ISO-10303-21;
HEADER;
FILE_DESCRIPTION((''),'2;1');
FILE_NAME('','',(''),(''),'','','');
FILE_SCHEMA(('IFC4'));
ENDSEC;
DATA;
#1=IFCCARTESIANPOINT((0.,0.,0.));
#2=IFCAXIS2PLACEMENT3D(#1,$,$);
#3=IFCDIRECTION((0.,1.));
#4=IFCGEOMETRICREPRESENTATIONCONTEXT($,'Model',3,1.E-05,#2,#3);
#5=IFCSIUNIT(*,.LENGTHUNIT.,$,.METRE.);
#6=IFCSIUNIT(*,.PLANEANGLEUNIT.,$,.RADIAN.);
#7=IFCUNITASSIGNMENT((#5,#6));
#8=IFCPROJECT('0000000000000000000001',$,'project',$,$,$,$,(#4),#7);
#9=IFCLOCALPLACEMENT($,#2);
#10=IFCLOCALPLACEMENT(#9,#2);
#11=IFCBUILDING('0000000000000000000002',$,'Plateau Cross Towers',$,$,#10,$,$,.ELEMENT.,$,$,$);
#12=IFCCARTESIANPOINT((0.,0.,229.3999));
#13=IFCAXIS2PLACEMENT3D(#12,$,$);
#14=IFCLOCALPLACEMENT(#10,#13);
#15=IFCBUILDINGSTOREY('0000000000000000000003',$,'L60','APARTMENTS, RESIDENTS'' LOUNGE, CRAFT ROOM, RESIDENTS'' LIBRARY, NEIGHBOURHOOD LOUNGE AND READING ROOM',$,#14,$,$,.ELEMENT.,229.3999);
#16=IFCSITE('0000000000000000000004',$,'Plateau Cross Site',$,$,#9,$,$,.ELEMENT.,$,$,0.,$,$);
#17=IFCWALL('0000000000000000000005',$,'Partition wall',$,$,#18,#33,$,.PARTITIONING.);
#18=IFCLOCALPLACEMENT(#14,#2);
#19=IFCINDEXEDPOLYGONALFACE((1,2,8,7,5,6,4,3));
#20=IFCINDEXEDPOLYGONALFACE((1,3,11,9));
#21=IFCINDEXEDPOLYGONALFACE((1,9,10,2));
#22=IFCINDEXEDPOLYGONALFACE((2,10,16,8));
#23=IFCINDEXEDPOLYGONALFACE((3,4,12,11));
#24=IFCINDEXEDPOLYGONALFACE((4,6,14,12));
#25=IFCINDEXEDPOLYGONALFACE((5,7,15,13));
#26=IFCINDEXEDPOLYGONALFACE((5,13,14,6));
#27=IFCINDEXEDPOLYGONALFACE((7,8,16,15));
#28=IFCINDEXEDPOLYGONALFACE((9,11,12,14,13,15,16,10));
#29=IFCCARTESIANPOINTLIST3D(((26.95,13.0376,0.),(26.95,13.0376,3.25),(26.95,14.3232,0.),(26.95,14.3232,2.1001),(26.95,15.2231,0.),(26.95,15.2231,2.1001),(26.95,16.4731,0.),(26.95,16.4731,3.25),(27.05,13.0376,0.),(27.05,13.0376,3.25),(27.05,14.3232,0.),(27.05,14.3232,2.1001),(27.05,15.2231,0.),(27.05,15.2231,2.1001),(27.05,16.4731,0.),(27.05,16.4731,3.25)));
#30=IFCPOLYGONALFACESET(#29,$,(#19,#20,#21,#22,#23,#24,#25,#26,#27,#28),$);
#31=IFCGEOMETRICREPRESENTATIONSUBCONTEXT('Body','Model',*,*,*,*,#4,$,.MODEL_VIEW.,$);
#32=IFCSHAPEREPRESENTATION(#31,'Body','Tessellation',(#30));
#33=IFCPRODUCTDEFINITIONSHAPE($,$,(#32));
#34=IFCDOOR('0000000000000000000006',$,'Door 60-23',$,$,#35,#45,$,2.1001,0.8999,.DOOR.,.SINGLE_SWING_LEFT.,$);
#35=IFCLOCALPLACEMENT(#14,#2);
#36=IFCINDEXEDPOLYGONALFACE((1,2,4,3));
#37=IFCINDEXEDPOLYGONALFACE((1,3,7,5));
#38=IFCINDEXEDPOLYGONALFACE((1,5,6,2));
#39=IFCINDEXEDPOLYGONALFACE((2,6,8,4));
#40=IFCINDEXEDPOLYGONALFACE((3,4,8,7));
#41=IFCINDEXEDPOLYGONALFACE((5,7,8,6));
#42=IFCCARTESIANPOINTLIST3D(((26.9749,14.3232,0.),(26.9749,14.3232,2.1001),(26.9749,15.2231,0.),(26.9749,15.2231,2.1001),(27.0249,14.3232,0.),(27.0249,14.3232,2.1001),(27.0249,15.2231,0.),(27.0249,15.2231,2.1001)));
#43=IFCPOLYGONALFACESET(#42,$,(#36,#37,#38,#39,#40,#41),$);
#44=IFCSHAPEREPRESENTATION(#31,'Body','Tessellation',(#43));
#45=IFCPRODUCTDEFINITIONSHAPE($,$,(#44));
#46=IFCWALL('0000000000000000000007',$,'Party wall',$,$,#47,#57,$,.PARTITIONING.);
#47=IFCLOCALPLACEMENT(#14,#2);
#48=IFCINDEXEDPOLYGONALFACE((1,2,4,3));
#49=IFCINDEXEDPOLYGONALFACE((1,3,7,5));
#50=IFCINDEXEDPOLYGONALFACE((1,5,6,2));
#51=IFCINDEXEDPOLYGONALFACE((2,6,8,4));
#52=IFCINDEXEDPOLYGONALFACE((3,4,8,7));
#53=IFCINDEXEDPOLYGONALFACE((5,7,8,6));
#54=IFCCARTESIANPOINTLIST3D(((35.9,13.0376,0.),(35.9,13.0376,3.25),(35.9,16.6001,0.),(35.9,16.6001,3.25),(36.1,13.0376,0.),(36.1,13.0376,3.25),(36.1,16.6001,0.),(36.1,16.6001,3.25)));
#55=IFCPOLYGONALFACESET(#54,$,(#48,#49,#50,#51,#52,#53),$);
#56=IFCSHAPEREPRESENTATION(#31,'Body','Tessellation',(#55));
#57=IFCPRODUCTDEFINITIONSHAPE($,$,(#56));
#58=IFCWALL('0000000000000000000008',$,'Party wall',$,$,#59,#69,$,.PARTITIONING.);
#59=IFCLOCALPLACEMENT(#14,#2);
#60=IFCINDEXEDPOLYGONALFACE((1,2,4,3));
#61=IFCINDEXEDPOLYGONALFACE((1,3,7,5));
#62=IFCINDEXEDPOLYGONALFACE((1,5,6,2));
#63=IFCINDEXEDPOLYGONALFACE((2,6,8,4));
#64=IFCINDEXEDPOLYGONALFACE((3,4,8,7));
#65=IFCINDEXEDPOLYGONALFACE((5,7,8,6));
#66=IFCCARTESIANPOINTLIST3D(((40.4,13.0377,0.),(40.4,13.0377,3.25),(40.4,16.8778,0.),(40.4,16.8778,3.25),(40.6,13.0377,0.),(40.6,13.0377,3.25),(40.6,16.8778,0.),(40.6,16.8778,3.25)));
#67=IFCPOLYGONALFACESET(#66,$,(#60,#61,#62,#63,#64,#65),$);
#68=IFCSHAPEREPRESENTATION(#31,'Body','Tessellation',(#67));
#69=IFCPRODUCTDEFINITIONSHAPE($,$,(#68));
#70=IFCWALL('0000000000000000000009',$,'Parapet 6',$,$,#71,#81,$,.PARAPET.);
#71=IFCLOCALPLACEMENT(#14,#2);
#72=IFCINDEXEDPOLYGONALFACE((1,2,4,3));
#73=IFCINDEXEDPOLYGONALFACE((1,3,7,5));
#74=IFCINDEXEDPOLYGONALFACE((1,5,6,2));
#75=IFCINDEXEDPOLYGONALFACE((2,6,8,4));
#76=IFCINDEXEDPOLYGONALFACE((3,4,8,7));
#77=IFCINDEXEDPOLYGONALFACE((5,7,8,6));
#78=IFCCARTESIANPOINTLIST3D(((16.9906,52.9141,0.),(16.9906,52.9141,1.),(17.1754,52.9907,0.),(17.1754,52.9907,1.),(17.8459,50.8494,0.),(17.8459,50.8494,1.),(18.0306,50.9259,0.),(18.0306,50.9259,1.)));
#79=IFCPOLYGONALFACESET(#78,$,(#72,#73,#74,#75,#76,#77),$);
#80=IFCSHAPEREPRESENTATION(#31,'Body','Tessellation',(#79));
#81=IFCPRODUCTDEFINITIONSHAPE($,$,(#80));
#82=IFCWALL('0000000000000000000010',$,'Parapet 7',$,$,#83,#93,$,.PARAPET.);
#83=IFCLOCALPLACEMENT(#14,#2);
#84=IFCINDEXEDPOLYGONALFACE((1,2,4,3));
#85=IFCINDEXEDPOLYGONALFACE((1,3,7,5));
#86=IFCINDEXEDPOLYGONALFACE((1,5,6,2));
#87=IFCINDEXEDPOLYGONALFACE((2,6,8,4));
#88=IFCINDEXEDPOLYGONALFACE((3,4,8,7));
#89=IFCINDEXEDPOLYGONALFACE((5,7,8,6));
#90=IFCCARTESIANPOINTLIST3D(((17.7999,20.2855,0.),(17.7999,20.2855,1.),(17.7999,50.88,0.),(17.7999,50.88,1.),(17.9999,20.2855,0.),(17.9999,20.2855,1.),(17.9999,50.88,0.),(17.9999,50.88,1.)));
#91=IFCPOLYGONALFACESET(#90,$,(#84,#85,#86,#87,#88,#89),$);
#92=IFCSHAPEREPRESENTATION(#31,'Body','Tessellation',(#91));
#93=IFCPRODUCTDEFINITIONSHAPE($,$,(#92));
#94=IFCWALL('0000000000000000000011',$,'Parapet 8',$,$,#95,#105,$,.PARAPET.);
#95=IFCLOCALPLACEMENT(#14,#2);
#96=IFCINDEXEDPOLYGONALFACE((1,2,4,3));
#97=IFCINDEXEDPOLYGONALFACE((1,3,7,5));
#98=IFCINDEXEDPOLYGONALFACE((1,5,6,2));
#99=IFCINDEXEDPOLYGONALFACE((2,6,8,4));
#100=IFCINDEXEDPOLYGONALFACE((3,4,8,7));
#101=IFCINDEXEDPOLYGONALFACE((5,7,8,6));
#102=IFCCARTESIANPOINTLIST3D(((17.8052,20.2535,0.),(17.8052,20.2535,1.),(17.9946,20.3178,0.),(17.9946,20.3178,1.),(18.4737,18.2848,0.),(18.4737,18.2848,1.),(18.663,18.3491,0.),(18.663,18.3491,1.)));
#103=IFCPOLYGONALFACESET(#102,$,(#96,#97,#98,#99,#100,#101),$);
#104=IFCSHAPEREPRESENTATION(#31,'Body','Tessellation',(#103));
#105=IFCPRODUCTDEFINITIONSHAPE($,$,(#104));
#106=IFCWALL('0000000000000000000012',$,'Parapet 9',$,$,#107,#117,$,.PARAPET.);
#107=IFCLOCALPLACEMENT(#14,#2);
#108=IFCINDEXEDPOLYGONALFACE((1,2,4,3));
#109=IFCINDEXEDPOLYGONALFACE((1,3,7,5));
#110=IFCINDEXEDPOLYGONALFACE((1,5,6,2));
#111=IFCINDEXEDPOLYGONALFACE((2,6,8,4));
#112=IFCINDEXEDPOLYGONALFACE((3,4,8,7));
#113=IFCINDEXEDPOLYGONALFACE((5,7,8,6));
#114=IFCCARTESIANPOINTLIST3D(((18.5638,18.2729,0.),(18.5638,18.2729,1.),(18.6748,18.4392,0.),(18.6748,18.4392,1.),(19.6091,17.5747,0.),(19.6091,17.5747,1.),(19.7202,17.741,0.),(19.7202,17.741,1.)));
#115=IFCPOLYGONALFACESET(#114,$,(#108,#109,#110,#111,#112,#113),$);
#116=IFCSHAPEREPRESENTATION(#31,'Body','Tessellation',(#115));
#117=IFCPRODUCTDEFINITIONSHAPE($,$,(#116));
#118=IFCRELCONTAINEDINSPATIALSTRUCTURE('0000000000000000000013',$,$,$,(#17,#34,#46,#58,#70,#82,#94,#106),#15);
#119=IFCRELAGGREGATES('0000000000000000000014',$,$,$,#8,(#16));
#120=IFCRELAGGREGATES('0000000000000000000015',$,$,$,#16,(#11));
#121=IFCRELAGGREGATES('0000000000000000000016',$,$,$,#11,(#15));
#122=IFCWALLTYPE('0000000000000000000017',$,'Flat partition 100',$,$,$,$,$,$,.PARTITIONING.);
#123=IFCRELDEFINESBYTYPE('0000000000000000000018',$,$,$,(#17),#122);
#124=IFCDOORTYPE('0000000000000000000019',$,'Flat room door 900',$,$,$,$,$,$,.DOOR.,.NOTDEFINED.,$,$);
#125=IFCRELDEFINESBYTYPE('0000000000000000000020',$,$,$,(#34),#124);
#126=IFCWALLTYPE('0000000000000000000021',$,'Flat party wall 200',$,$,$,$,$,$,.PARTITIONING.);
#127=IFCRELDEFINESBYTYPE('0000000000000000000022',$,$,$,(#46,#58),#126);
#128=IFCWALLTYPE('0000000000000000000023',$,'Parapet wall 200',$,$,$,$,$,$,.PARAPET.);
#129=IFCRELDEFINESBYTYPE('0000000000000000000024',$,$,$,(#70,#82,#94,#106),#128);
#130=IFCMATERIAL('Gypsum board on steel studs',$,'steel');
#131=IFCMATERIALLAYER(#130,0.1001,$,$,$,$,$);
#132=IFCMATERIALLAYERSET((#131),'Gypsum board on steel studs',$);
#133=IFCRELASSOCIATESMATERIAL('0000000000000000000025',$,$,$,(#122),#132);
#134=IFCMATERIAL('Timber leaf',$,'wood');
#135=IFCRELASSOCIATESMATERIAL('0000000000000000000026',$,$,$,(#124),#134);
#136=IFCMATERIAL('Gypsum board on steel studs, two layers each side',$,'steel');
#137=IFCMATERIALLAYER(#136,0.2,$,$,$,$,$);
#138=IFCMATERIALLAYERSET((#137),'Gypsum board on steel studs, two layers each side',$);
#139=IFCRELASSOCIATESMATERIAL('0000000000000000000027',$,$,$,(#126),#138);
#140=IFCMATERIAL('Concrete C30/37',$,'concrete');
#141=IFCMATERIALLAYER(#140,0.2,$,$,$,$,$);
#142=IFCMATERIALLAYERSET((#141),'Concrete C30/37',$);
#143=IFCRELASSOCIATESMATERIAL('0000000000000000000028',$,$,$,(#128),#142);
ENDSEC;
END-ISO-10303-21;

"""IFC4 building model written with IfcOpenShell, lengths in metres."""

from ifc_helpers import new_model, si_unit, direction, frame, frame_2d, origin, place, context, subcontext, project, spatial, rectangle, extrude, material, layer, layer_set, type_object, element, fill, save


model = new_model("IFC4")

# Units and contexts
model_context = context("Model", 3, precision=1e-05, world=origin(), true_north=direction((0.0, 1.0)))
body_context = subcontext(model_context, "Body", "Model", "MODEL_VIEW")
ifc_project = project(units=[si_unit("LENGTHUNIT", "METRE"), si_unit("PLANEANGLEUNIT", "RADIAN")], contexts=[model_context])

# Site, building, storey
site_placement = place(None, origin())
site = spatial("IfcSite", under=ifc_project, at=site_placement, Name="Plateau Cross Site", CompositionType="ELEMENT", RefElevation=0.0)
building_placement = place(site_placement, origin())
building = spatial("IfcBuilding", under=site, at=building_placement, Name="Plateau Cross Towers", CompositionType="ELEMENT")
storey_placement = place(building_placement, frame((0.0, 0.0, 229.3999)))
storey = spatial("IfcBuildingStorey", under=building, at=storey_placement, Name="L60", Description="APARTMENTS, RESIDENTS' LOUNGE, CRAFT ROOM, RESIDENTS' LIBRARY, NEIGHBOURHOOD LOUNGE AND READING ROOM", CompositionType="ELEMENT", Elevation=229.3999)

# Wall, opening, door
ifc_material_1 = material(Name="Gypsum board on steel studs", Category="steel")
ifc_layer_1 = layer(ifc_material_1, 0.1001)
ifc_layer_set_1 = layer_set([ifc_layer_1], Name="Gypsum board on steel studs")
wall_type_1 = type_object("IfcWallType", Name="Flat partition 100", PredefinedType="PARTITIONING", material=ifc_layer_set_1)
wall_1_placement = place(storey_placement, frame((27.0, 16.4731, 0.0), z_axis=(0.0, 0.0, 1.0), x_axis=(0.0, -1.0, 0.0)))
wall_1 = element("IfcWall", 1, at=wall_1_placement, inside=storey, type_object=wall_type_1, Name="Partition wall", PredefinedType="PARTITIONING", context=body_context, shape_type="SweptSolid", body=[
    extrude(rectangle(XDim=3.4355, YDim=0.1001, at=frame_2d((1.7178, 0.0))), origin(), (0.0, 0.0, 1.0), 3.25),
])
opening_placement = place(wall_1_placement, frame((1.25, 0.0, 0.0)))
opening = element("IfcOpeningElement", 2, at=opening_placement, cuts=wall_1, PredefinedType="OPENING", context=body_context, shape_type="SweptSolid", body=[
    extrude(rectangle(XDim=0.8999, YDim=2.1001, at=frame_2d((0.45, 1.05))), frame((0.0, 0.0601, 0.0), z_axis=(0.0, -1.0, 0.0), x_axis=(1.0, 0.0, 0.0)), (0.0, 0.0, 1.0), 0.1201),
])
ifc_material_2 = material(Name="Timber leaf", Category="wood")
door_type = type_object("IfcDoorType", Name="Flat room door 900", OperationType="NOTDEFINED", PredefinedType="DOOR", material=ifc_material_2)
door_placement = place(opening_placement, origin())
door = element("IfcDoor", 3, at=door_placement, inside=storey, type_object=door_type, Name="Door 60-23", OperationType="SINGLE_SWING_LEFT", OverallHeight=2.1001, OverallWidth=0.8999, PredefinedType="DOOR", context=body_context, shape_type="SweptSolid", body=[
    extrude(rectangle(XDim=0.8999, YDim=2.1001, at=frame_2d((0.45, 1.05))), frame((0.0, 0.0249, 0.0), z_axis=(0.0, -1.0, 0.0), x_axis=(1.0, 0.0, 0.0)), (0.0, 0.0, 1.0), 0.05),
])
fill(opening, door)

# Walls
ifc_material_3 = material(Name="Gypsum board on steel studs, two layers each side", Category="steel")
ifc_layer_2 = layer(ifc_material_3, 0.2)
ifc_layer_set_2 = layer_set([ifc_layer_2], Name="Gypsum board on steel studs, two layers each side")
wall_type_2 = type_object("IfcWallType", Name="Flat party wall 200", PredefinedType="PARTITIONING", material=ifc_layer_set_2)
wall_2_placement = place(storey_placement, frame((36.0, 16.6001, 0.0), z_axis=(0.0, 0.0, 1.0), x_axis=(0.0, -1.0, 0.0)))
element("IfcWall", 4, at=wall_2_placement, inside=storey, type_object=wall_type_2, Name="Party wall", PredefinedType="PARTITIONING", context=body_context, shape_type="SweptSolid", body=[
    extrude(rectangle(XDim=3.5625, YDim=0.2, at=frame_2d((1.7812, 0.0))), origin(), (0.0, 0.0, 1.0), 3.25),
])
wall_3_placement = place(storey_placement, frame((40.5, 16.8777, 0.0), z_axis=(0.0, 0.0, 1.0), x_axis=(0.0, -1.0, 0.0)))
element("IfcWall", 5, at=wall_3_placement, inside=storey, type_object=wall_type_2, Name="Party wall", PredefinedType="PARTITIONING", context=body_context, shape_type="SweptSolid", body=[
    extrude(rectangle(XDim=3.8401, YDim=0.2, at=frame_2d((1.9199, 0.0))), origin(), (0.0, 0.0, 1.0), 3.25),
])
ifc_material_4 = material(Name="Concrete C30/37", Category="concrete")
ifc_layer_3 = layer(ifc_material_4, 0.2)
ifc_layer_set_3 = layer_set([ifc_layer_3], Name="Concrete C30/37")
wall_type_3 = type_object("IfcWallType", Name="Parapet wall 200", PredefinedType="PARAPET", material=ifc_layer_set_3)
wall_4_placement = place(storey_placement, frame((17.083, 52.9524, 0.0), z_axis=(0.0, 0.0, 1.0), x_axis=(0.382683, -0.92388, 0.0)))
element("IfcWall", 6, at=wall_4_placement, inside=storey, type_object=wall_type_3, Name="Parapet 6", PredefinedType="PARAPET", context=body_context, shape_type="SweptSolid", body=[
    extrude(rectangle(XDim=2.2349, YDim=0.2, at=frame_2d((1.1174, 0.0))), origin(), (0.0, 0.0, 1.0), 1.0),
])
wall_5_placement = place(storey_placement, frame((17.8999, 50.8801, 0.0), z_axis=(0.0, 0.0, 1.0), x_axis=(0.0, -1.0, 0.0)))
element("IfcWall", 7, at=wall_5_placement, inside=storey, type_object=wall_type_3, Name="Parapet 7", PredefinedType="PARAPET", context=body_context, shape_type="SweptSolid", body=[
    extrude(rectangle(XDim=30.5945, YDim=0.2, at=frame_2d((15.2974, 0.0))), origin(), (0.0, 0.0, 1.0), 1.0),
])
wall_6_placement = place(storey_placement, frame((17.8999, 20.2856, 0.0), z_axis=(0.0, 0.0, 1.0), x_axis=(0.321507, -0.946907, 0.0)))
element("IfcWall", 8, at=wall_6_placement, inside=storey, type_object=wall_type_3, Name="Parapet 8", PredefinedType="PARAPET", context=body_context, shape_type="SweptSolid", body=[
    extrude(rectangle(XDim=2.0791, YDim=0.2, at=frame_2d((1.0396, 0.0))), origin(), (0.0, 0.0, 1.0), 1.0),
])
wall_7_placement = place(storey_placement, frame((18.6194, 18.356, 0.0), z_axis=(0.0, 0.0, 1.0), x_axis=(0.831572, -0.555417, 0.0)))
element("IfcWall", 9, at=wall_7_placement, inside=storey, type_object=wall_type_3, Name="Parapet 9", PredefinedType="PARAPET", context=body_context, shape_type="SweptSolid", body=[
    extrude(rectangle(XDim=1.2571, YDim=0.2, at=frame_2d((0.6284, 0.0))), origin(), (0.0, 0.0, 1.0), 1.0),
])

save(model, "model.ifc")
